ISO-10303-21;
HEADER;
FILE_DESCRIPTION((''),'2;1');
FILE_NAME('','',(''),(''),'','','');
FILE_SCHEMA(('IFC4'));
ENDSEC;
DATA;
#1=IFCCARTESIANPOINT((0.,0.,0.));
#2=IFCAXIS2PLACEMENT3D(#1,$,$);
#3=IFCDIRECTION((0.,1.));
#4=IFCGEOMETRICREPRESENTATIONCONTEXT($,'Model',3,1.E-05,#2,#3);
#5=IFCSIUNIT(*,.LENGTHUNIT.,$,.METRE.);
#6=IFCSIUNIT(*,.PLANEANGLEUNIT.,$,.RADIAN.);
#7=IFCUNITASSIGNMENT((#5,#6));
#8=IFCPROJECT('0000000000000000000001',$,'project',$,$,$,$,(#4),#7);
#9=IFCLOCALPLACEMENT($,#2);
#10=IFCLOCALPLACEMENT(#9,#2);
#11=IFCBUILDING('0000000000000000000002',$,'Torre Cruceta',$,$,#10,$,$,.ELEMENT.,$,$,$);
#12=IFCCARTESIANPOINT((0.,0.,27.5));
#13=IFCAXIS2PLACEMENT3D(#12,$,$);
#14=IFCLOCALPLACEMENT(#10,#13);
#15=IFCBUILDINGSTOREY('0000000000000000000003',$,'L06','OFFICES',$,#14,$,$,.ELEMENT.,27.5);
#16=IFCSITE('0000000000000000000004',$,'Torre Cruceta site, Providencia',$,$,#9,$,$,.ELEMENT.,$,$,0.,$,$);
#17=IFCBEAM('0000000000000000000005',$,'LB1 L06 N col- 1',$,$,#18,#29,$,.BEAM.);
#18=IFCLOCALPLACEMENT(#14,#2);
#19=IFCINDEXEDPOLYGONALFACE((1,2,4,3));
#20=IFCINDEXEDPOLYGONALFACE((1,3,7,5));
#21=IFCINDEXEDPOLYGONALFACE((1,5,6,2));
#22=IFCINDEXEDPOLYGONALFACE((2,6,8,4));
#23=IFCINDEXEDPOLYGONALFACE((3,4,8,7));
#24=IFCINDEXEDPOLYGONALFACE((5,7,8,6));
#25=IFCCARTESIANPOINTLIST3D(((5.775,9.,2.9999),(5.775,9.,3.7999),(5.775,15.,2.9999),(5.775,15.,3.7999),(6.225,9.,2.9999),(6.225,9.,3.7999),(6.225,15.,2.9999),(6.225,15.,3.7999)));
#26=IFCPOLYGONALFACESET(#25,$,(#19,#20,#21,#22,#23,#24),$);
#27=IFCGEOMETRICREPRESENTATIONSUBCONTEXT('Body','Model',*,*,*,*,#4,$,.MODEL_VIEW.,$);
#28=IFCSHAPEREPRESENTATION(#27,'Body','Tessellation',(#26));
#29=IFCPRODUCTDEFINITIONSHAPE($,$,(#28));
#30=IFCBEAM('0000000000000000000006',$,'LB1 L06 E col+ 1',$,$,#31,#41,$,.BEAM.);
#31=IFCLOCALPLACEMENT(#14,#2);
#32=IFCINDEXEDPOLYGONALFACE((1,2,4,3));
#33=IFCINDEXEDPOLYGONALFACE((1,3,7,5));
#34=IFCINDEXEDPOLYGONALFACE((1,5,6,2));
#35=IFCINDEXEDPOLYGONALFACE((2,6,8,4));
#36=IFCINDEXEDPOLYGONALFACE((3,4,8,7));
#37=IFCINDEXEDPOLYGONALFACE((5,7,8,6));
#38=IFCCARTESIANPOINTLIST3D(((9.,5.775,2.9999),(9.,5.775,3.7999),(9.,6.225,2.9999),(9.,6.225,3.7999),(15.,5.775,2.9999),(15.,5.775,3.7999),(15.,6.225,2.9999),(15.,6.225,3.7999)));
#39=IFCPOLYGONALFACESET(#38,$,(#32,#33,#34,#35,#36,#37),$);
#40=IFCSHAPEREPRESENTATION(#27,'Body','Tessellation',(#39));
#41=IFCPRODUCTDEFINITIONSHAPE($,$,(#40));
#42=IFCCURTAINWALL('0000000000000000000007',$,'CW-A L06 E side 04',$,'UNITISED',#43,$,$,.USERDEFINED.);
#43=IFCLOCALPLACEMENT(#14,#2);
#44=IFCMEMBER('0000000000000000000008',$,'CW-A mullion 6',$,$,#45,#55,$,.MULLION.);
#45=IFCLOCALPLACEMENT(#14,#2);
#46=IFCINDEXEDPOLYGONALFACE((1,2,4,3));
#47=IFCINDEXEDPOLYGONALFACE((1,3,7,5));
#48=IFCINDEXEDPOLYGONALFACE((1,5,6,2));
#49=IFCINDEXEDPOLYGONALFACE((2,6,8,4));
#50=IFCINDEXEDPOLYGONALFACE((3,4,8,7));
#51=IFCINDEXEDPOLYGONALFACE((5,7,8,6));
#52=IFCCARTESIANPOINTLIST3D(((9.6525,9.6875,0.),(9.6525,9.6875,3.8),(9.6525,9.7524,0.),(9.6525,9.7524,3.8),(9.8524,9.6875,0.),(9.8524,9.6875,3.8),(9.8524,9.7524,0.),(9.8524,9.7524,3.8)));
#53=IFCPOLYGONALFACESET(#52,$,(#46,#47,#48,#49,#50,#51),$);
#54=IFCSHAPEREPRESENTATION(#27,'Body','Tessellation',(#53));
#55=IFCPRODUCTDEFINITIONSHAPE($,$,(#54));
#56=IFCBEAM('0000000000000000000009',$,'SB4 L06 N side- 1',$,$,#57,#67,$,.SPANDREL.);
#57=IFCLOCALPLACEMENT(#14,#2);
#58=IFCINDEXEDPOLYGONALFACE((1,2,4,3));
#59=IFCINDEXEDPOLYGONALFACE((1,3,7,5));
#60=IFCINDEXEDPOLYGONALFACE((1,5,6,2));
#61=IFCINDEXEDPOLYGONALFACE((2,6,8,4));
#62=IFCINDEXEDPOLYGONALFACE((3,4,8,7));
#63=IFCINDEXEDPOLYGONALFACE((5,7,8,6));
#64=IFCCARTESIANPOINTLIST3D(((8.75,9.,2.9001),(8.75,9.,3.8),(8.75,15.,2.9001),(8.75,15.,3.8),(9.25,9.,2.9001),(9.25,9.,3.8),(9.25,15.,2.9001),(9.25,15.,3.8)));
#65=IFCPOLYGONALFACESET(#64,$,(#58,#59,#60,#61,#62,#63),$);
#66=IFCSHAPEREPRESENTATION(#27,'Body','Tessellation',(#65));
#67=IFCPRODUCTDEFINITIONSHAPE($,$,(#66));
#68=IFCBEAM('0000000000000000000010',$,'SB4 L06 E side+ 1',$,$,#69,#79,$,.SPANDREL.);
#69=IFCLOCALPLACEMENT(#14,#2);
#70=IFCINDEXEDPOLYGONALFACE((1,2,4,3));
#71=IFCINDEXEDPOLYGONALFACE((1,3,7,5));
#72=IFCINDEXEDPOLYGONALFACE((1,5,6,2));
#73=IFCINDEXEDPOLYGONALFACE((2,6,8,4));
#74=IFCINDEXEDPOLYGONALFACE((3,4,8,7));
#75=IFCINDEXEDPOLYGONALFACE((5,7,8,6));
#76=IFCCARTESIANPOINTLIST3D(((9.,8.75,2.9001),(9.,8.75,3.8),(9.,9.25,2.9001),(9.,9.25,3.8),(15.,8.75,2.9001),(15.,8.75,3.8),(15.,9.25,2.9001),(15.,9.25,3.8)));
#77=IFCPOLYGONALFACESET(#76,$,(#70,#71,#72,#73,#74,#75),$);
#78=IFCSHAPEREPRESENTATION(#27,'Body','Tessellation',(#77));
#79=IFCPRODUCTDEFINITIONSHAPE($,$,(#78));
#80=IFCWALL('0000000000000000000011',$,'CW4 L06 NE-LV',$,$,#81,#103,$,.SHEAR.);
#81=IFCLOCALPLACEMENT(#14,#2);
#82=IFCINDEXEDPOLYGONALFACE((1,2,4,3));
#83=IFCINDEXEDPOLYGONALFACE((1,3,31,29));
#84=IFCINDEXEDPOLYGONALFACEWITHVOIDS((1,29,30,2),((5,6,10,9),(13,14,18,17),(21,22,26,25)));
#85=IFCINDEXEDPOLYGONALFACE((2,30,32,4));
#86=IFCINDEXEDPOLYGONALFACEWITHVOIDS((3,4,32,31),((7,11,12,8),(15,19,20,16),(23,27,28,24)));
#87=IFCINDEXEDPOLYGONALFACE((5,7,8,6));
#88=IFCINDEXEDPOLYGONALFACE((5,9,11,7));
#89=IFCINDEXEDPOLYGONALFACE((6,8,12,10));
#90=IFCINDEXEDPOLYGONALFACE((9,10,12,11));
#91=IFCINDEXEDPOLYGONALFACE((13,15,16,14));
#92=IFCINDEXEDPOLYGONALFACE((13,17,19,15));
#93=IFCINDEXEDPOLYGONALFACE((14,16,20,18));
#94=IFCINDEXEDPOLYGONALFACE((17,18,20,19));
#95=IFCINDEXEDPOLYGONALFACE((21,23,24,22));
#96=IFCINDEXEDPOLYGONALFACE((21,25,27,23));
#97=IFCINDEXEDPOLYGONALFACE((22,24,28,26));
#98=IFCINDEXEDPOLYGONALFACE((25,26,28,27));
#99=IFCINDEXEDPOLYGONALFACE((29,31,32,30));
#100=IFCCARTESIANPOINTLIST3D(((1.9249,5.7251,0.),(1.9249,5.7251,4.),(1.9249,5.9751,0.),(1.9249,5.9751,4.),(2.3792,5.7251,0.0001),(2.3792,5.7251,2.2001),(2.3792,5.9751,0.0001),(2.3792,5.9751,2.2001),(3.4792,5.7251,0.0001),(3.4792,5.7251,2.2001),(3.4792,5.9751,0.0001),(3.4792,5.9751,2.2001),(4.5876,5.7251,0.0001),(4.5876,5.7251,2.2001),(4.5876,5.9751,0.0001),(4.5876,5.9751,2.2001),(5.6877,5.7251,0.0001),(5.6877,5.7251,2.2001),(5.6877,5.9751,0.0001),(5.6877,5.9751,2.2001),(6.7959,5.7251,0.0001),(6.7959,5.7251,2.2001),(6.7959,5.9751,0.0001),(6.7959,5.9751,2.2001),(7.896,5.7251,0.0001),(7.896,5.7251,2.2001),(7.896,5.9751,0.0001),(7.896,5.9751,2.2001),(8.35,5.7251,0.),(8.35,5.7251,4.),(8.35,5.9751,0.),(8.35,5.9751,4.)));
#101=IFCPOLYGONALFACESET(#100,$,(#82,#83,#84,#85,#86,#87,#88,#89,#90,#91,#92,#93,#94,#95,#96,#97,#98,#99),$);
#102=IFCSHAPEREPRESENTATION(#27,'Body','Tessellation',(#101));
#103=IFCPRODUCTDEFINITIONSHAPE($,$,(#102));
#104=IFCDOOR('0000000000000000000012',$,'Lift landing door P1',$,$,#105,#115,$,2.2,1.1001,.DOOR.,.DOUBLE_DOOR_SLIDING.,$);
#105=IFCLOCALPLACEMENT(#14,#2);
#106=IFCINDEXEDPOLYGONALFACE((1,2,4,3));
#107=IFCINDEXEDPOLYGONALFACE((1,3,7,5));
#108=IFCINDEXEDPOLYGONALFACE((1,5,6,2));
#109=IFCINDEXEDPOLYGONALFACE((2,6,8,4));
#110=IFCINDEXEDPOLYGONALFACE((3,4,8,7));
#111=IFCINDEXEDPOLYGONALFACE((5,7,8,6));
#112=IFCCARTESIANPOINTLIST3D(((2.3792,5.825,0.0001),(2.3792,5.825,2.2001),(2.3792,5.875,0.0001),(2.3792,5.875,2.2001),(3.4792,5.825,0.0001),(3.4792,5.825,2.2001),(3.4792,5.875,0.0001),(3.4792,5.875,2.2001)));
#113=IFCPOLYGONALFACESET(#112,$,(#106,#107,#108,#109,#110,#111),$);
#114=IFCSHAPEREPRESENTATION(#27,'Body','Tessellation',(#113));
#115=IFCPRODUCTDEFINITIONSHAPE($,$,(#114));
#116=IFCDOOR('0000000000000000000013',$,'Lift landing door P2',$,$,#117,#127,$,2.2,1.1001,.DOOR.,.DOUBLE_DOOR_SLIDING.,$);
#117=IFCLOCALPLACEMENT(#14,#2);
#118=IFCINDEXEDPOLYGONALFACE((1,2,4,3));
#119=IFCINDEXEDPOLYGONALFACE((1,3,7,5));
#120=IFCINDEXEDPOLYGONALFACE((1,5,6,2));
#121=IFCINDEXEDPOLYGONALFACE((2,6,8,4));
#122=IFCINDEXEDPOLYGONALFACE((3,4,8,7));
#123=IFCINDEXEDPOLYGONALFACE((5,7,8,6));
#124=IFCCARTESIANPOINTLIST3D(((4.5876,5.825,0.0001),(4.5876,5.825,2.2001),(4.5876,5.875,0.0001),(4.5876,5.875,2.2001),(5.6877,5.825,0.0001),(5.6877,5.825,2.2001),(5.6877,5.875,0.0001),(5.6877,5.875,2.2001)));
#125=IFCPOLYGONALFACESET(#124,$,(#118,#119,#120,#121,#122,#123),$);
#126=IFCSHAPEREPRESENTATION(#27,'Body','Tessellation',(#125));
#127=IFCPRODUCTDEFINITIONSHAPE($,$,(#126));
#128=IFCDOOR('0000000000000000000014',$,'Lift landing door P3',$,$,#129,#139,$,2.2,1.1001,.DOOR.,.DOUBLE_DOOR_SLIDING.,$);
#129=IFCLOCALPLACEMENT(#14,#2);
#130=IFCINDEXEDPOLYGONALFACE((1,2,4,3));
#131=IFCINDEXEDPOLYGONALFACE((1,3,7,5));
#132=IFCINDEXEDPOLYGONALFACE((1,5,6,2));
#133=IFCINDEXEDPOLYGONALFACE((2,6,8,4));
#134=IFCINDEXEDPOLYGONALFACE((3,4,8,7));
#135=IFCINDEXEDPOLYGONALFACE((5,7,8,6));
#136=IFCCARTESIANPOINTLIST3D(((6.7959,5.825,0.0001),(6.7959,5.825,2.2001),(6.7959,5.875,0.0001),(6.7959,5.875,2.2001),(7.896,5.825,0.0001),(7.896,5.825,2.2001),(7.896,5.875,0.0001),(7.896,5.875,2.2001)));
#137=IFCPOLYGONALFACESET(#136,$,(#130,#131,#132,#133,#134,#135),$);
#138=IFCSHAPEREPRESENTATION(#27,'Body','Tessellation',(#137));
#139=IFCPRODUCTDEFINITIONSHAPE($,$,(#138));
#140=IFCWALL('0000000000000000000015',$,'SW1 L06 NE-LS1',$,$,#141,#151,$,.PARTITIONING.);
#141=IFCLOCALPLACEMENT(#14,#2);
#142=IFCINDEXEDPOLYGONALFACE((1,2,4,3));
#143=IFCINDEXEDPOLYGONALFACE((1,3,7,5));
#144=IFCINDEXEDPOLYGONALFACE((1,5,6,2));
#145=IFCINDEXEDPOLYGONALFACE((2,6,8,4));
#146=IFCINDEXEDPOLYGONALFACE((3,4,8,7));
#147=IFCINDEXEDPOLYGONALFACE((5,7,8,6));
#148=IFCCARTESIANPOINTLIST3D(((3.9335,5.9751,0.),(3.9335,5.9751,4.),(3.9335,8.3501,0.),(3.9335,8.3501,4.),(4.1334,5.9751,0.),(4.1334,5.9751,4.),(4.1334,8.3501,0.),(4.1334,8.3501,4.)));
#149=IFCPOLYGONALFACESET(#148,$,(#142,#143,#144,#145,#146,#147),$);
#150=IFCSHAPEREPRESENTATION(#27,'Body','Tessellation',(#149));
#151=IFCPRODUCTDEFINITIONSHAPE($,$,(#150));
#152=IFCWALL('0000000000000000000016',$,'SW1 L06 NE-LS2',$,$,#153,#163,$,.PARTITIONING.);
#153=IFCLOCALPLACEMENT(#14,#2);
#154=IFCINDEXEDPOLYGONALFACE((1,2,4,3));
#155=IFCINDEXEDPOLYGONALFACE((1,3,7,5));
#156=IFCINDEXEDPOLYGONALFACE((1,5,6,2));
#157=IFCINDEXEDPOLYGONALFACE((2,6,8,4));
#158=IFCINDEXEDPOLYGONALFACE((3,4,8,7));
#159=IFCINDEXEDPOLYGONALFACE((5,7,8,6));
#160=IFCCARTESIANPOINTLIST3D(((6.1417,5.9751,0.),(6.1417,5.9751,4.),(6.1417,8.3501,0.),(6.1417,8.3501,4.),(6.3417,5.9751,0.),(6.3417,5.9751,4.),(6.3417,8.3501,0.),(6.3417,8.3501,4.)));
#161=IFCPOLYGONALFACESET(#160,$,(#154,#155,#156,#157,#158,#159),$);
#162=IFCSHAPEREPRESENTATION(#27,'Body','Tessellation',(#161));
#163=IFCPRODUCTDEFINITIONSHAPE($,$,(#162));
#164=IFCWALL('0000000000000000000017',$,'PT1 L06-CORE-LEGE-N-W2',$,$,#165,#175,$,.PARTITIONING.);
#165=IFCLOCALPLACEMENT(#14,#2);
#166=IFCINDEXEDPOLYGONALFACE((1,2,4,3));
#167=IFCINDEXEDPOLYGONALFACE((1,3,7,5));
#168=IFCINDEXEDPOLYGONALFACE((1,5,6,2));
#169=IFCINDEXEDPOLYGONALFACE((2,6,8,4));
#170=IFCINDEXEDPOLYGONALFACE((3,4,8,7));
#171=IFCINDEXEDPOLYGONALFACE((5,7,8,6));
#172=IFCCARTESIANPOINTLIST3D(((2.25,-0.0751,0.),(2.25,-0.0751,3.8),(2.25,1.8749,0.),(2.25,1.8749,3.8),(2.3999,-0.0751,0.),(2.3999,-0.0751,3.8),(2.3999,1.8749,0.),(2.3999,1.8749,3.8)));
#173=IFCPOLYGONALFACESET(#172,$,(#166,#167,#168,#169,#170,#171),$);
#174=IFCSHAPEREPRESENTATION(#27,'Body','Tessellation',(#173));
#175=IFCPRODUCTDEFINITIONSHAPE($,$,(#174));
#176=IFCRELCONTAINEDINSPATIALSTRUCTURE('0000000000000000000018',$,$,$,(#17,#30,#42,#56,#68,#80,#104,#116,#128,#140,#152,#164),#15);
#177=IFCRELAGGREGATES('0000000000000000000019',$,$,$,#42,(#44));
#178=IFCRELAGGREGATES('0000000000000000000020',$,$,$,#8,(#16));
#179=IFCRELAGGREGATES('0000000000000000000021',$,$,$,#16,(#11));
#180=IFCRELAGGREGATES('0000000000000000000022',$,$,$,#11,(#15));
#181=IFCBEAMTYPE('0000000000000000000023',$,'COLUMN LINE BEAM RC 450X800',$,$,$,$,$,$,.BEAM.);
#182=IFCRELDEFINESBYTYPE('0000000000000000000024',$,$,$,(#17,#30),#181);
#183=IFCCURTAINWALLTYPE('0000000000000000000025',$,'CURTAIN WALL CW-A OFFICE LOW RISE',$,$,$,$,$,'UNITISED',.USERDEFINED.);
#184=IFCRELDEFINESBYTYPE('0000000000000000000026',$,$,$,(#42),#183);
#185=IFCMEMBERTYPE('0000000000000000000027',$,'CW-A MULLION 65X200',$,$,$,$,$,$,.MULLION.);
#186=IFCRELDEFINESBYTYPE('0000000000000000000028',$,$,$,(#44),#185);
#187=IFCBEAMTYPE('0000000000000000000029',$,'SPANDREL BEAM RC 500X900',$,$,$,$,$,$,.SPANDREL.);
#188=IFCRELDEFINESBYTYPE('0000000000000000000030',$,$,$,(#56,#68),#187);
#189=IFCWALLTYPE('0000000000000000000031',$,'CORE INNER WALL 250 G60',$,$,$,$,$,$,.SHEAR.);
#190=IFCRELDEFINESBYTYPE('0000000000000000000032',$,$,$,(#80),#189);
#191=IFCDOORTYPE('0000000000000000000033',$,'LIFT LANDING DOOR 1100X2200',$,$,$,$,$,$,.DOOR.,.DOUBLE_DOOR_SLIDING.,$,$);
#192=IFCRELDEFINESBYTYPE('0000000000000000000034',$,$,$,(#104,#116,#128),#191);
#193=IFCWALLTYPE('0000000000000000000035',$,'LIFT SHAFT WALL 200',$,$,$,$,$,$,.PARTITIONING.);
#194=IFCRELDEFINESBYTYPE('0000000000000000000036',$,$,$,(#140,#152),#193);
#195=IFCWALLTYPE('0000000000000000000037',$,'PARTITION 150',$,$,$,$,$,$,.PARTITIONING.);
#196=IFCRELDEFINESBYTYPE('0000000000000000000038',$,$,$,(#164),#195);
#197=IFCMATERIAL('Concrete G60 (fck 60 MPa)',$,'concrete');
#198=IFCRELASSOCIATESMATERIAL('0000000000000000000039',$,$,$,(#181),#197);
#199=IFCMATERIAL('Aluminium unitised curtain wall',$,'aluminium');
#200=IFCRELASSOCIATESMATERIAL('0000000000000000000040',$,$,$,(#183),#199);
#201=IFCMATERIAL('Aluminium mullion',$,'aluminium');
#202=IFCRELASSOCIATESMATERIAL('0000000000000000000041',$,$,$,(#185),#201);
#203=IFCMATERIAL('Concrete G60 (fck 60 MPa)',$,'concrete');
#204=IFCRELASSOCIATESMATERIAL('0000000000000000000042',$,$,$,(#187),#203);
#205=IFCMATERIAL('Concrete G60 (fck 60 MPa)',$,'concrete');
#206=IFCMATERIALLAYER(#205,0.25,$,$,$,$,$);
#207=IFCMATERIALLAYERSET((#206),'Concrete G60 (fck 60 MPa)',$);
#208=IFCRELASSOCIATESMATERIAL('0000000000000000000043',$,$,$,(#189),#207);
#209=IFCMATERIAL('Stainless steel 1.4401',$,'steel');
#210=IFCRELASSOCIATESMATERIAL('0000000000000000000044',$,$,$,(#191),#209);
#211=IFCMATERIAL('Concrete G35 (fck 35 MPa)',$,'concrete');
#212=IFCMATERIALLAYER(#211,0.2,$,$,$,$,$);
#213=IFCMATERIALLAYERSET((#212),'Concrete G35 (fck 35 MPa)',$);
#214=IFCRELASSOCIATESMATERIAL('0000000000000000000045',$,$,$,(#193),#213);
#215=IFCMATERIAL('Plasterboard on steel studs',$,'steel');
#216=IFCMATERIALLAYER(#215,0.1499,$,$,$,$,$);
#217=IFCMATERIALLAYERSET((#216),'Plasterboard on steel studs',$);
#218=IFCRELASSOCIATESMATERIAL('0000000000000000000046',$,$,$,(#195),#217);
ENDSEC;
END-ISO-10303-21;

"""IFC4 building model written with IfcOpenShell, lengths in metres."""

from ifc_helpers import new_model, si_unit, direction, frame, frame_2d, origin, origin_2d, place, context, subcontext, project, spatial, rectangle, extrude, material, layer, layer_set, material_profile, profile_set, type_object, element, fill, aggregate, save


model = new_model("IFC4")

# Units and contexts
model_context = context("Model", 3, precision=1e-05, world=origin(), true_north=direction((0.0, 1.0)))
body_context = subcontext(model_context, "Body", "Model", "MODEL_VIEW")
ifc_project = project(units=[si_unit("LENGTHUNIT", "METRE"), si_unit("PLANEANGLEUNIT", "RADIAN")], contexts=[model_context])

# Site, building, storey
site_placement = place(None, origin())
site = spatial("IfcSite", under=ifc_project, at=site_placement, Name="Torre Cruceta site, Providencia", CompositionType="ELEMENT", RefElevation=0.0)
building_placement = place(site_placement, origin())
building = spatial("IfcBuilding", under=site, at=building_placement, Name="Torre Cruceta", CompositionType="ELEMENT")
storey_placement = place(building_placement, frame((0.0, 0.0, 27.5)))
storey = spatial("IfcBuildingStorey", under=building, at=storey_placement, Name="L06", Description="OFFICES", CompositionType="ELEMENT", Elevation=27.5)

# Beams
ifc_material_1 = material(Name="Concrete G60 (fck 60 MPa)", Category="concrete")
ifc_material_profile_1 = material_profile(ifc_material_1, rectangle(XDim=0.45, YDim=0.8, at=origin_2d()), Name="RC 450X800")
ifc_profile_set_1 = profile_set([ifc_material_profile_1], Name="Concrete G60 (fck 60 MPa)")
beam_type_1 = type_object("IfcBeamType", Name="COLUMN LINE BEAM RC 450X800", PredefinedType="BEAM", material=ifc_profile_set_1)
for number, where, z_axis, x_axis, name in (
    (1, (6.0, 9.0, 3.3999), (0.0, 1.0, 0.0), (-1.0, 0.0, 0.0), "LB1 L06 N col- 1"),
    (2, (9.0, 6.0, 3.3999), (1.0, 0.0, 0.0), (0.0, 1.0, 0.0), "LB1 L06 E col+ 1"),
):
    element("IfcBeam", number, at=place(storey_placement, frame(where, z_axis=z_axis, x_axis=x_axis)), inside=storey, type_object=beam_type_1, Name=name, PredefinedType="BEAM", context=body_context, shape_type="SweptSolid", body=[
        extrude(rectangle(XDim=0.45, YDim=0.8, at=origin_2d()), origin(), (0.0, 0.0, 1.0), 6.0),
    ])

# Curtain wall, member
ifc_material_2 = material(Name="Aluminium unitised curtain wall", Category="aluminium")
curtain_wall_type = type_object("IfcCurtainWallType", Name="CURTAIN WALL CW-A OFFICE LOW RISE", ElementType="UNITISED", PredefinedType="USERDEFINED", material=ifc_material_2)
curtain_wall_placement = place(storey_placement, origin())
curtain_wall = element("IfcCurtainWall", 3, at=curtain_wall_placement, inside=storey, type_object=curtain_wall_type, Name="CW-A L06 E side 04", ObjectType="UNITISED", PredefinedType="USERDEFINED")
ifc_material_3 = material(Name="Aluminium mullion", Category="aluminium")
ifc_material_profile_2 = material_profile(ifc_material_3, rectangle(XDim=0.0649, YDim=0.2, at=origin_2d()), Name="AL 65X200")
ifc_profile_set_2 = profile_set([ifc_material_profile_2], Name="Aluminium mullion")
member_type = type_object("IfcMemberType", Name="CW-A MULLION 65X200", PredefinedType="MULLION", material=ifc_profile_set_2)
member_placement = place(storey_placement, frame((9.7524, 9.72, 0.0), z_axis=(0.0, 0.0, 1.0), x_axis=(0.0, -1.0, 0.0)))
member = element("IfcMember", 4, at=member_placement, type_object=member_type, Name="CW-A mullion 6", PredefinedType="MULLION", context=body_context, shape_type="SweptSolid", body=[
    extrude(rectangle(XDim=0.0649, YDim=0.2, at=origin_2d()), origin(), (0.0, 0.0, 1.0), 3.8),
])
aggregate(curtain_wall, [member])

# Beams
ifc_material_4 = material(Name="Concrete G60 (fck 60 MPa)", Category="concrete")
ifc_material_profile_3 = material_profile(ifc_material_4, rectangle(XDim=0.5, YDim=0.8999, at=origin_2d()), Name="RC 500X900")
ifc_profile_set_3 = profile_set([ifc_material_profile_3], Name="Concrete G60 (fck 60 MPa)")
beam_type_2 = type_object("IfcBeamType", Name="SPANDREL BEAM RC 500X900", PredefinedType="SPANDREL", material=ifc_profile_set_3)
for number, where, z_axis, x_axis, name in (
    (5, (9.0, 9.0, 3.3501), (0.0, 1.0, 0.0), (-1.0, 0.0, 0.0), "SB4 L06 N side- 1"),
    (6, (9.0, 9.0, 3.3501), (1.0, 0.0, 0.0), (0.0, 1.0, 0.0), "SB4 L06 E side+ 1"),
):
    element("IfcBeam", number, at=place(storey_placement, frame(where, z_axis=z_axis, x_axis=x_axis)), inside=storey, type_object=beam_type_2, Name=name, PredefinedType="SPANDREL", context=body_context, shape_type="SweptSolid", body=[
        extrude(rectangle(XDim=0.5, YDim=0.8999, at=origin_2d()), origin(), (0.0, 0.0, 1.0), 6.0),
    ])

# Wall, openings, doors
ifc_material_5 = material(Name="Concrete G60 (fck 60 MPa)", Category="concrete")
ifc_layer_1 = layer(ifc_material_5, 0.25)
ifc_layer_set_1 = layer_set([ifc_layer_1], Name="Concrete G60 (fck 60 MPa)")
wall_type_1 = type_object("IfcWallType", Name="CORE INNER WALL 250 G60", PredefinedType="SHEAR", material=ifc_layer_set_1)
wall_1_placement = place(storey_placement, frame((1.925, 5.8501, 0.0), z_axis=(0.0, 0.0, 1.0), x_axis=(1.0, 0.0, 0.0)))
wall_1 = element("IfcWall", 7, at=wall_1_placement, inside=storey, type_object=wall_type_1, Name="CW4 L06 NE-LV", PredefinedType="SHEAR", context=body_context, shape_type="SweptSolid", body=[
    extrude(rectangle(XDim=6.425, YDim=0.25, at=frame_2d((3.2124, 0.0))), origin(), (0.0, 0.0, 1.0), 4.0),
])
opening_1_placement = place(wall_1_placement, frame((0.4541, 0.0, 0.0)))
opening_1 = element("IfcOpeningElement", 8, at=opening_1_placement, cuts=wall_1, PredefinedType="OPENING", context=body_context, shape_type="SweptSolid", body=[
    extrude(rectangle(XDim=1.1001, YDim=2.2, at=frame_2d((0.55, 1.1001))), frame((0.0, 0.135, 0.0), z_axis=(0.0, -1.0, 0.0), x_axis=(1.0, 0.0, 0.0)), (0.0, 0.0, 1.0), 0.27),
])
opening_2_placement = place(wall_1_placement, frame((2.6626, 0.0, 0.0)))
opening_2 = element("IfcOpeningElement", 9, at=opening_2_placement, cuts=wall_1, PredefinedType="OPENING", context=body_context, shape_type="SweptSolid", body=[
    extrude(rectangle(XDim=1.1001, YDim=2.2, at=frame_2d((0.55, 1.1001))), frame((0.0, 0.135, 0.0), z_axis=(0.0, -1.0, 0.0), x_axis=(1.0, 0.0, 0.0)), (0.0, 0.0, 1.0), 0.27),
])
opening_3_placement = place(wall_1_placement, frame((4.8708, 0.0, 0.0)))
opening_3 = element("IfcOpeningElement", 10, at=opening_3_placement, cuts=wall_1, PredefinedType="OPENING", context=body_context, shape_type="SweptSolid", body=[
    extrude(rectangle(XDim=1.1001, YDim=2.2, at=frame_2d((0.55, 1.1001))), frame((0.0, 0.135, 0.0), z_axis=(0.0, -1.0, 0.0), x_axis=(1.0, 0.0, 0.0)), (0.0, 0.0, 1.0), 0.27),
])
ifc_material_6 = material(Name="Stainless steel 1.4401", Category="steel")
door_type_1 = type_object("IfcDoorType", Name="LIFT LANDING DOOR 1100X2200", OperationType="DOUBLE_DOOR_SLIDING", PredefinedType="DOOR", material=ifc_material_6)
door_1_placement = place(opening_1_placement, origin())
door_1 = element("IfcDoor", 11, at=door_1_placement, inside=storey, type_object=door_type_1, Name="Lift landing door P1", OperationType="DOUBLE_DOOR_SLIDING", OverallHeight=2.2, OverallWidth=1.1001, PredefinedType="DOOR", context=body_context, shape_type="SweptSolid", body=[
    extrude(rectangle(XDim=1.1001, YDim=2.2, at=frame_2d((0.55, 1.1001))), frame((0.0, 0.0249, 0.0), z_axis=(0.0, -1.0, 0.0), x_axis=(1.0, 0.0, 0.0)), (0.0, 0.0, 1.0), 0.05),
])
fill(opening_1, door_1)
door_2_placement = place(opening_2_placement, origin())
door_2 = element("IfcDoor", 12, at=door_2_placement, inside=storey, type_object=door_type_1, Name="Lift landing door P2", OperationType="DOUBLE_DOOR_SLIDING", OverallHeight=2.2, OverallWidth=1.1001, PredefinedType="DOOR", context=body_context, shape_type="SweptSolid", body=[
    extrude(rectangle(XDim=1.1001, YDim=2.2, at=frame_2d((0.55, 1.1001))), frame((0.0, 0.0249, 0.0), z_axis=(0.0, -1.0, 0.0), x_axis=(1.0, 0.0, 0.0)), (0.0, 0.0, 1.0), 0.05),
])
fill(opening_2, door_2)
door_3_placement = place(opening_3_placement, origin())
door_3 = element("IfcDoor", 13, at=door_3_placement, inside=storey, type_object=door_type_1, Name="Lift landing door P3", OperationType="DOUBLE_DOOR_SLIDING", OverallHeight=2.2, OverallWidth=1.1001, PredefinedType="DOOR", context=body_context, shape_type="SweptSolid", body=[
    extrude(rectangle(XDim=1.1001, YDim=2.2, at=frame_2d((0.55, 1.1001))), frame((0.0, 0.0249, 0.0), z_axis=(0.0, -1.0, 0.0), x_axis=(1.0, 0.0, 0.0)), (0.0, 0.0, 1.0), 0.05),
])
fill(opening_3, door_3)

# Walls
ifc_material_7 = material(Name="Concrete G35 (fck 35 MPa)", Category="concrete")
ifc_layer_2 = layer(ifc_material_7, 0.2)
ifc_layer_set_2 = layer_set([ifc_layer_2], Name="Concrete G35 (fck 35 MPa)")
wall_type_2 = type_object("IfcWallType", Name="LIFT SHAFT WALL 200", PredefinedType="PARTITIONING", material=ifc_layer_set_2)
for number, where, z_axis, x_axis, name in (
    (14, (4.0334, 5.9751, 0.0), (0.0, 0.0, 1.0), (0.0, 1.0, 0.0), "SW1 L06 NE-LS1"),
    (15, (6.2417, 5.9751, 0.0), (0.0, 0.0, 1.0), (0.0, 1.0, 0.0), "SW1 L06 NE-LS2"),
):
    element("IfcWall", number, at=place(storey_placement, frame(where, z_axis=z_axis, x_axis=x_axis)), inside=storey, type_object=wall_type_2, Name=name, PredefinedType="PARTITIONING", context=body_context, shape_type="SweptSolid", body=[
        extrude(rectangle(XDim=2.375, YDim=0.2, at=frame_2d((1.1875, 0.0))), origin(), (0.0, 0.0, 1.0), 4.0),
    ])
ifc_material_8 = material(Name="Plasterboard on steel studs", Category="steel")
ifc_layer_3 = layer(ifc_material_8, 0.1499)
ifc_layer_set_3 = layer_set([ifc_layer_3], Name="Plasterboard on steel studs")
wall_type_3 = type_object("IfcWallType", Name="PARTITION 150", PredefinedType="PARTITIONING", material=ifc_layer_set_3)
wall_2_placement = place(storey_placement, frame((2.325, 1.875, 0.0), z_axis=(0.0, 0.0, 1.0), x_axis=(0.0, -1.0, 0.0)))
element("IfcWall", 16, at=wall_2_placement, inside=storey, type_object=wall_type_3, Name="PT1 L06-CORE-LEGE-N-W2", PredefinedType="PARTITIONING", context=body_context, shape_type="SweptSolid", body=[
    extrude(rectangle(XDim=1.95, YDim=0.1499, at=frame_2d((0.9751, 0.0))), origin(), (0.0, 0.0, 1.0), 3.8),
])

save(model, "model.ifc")
